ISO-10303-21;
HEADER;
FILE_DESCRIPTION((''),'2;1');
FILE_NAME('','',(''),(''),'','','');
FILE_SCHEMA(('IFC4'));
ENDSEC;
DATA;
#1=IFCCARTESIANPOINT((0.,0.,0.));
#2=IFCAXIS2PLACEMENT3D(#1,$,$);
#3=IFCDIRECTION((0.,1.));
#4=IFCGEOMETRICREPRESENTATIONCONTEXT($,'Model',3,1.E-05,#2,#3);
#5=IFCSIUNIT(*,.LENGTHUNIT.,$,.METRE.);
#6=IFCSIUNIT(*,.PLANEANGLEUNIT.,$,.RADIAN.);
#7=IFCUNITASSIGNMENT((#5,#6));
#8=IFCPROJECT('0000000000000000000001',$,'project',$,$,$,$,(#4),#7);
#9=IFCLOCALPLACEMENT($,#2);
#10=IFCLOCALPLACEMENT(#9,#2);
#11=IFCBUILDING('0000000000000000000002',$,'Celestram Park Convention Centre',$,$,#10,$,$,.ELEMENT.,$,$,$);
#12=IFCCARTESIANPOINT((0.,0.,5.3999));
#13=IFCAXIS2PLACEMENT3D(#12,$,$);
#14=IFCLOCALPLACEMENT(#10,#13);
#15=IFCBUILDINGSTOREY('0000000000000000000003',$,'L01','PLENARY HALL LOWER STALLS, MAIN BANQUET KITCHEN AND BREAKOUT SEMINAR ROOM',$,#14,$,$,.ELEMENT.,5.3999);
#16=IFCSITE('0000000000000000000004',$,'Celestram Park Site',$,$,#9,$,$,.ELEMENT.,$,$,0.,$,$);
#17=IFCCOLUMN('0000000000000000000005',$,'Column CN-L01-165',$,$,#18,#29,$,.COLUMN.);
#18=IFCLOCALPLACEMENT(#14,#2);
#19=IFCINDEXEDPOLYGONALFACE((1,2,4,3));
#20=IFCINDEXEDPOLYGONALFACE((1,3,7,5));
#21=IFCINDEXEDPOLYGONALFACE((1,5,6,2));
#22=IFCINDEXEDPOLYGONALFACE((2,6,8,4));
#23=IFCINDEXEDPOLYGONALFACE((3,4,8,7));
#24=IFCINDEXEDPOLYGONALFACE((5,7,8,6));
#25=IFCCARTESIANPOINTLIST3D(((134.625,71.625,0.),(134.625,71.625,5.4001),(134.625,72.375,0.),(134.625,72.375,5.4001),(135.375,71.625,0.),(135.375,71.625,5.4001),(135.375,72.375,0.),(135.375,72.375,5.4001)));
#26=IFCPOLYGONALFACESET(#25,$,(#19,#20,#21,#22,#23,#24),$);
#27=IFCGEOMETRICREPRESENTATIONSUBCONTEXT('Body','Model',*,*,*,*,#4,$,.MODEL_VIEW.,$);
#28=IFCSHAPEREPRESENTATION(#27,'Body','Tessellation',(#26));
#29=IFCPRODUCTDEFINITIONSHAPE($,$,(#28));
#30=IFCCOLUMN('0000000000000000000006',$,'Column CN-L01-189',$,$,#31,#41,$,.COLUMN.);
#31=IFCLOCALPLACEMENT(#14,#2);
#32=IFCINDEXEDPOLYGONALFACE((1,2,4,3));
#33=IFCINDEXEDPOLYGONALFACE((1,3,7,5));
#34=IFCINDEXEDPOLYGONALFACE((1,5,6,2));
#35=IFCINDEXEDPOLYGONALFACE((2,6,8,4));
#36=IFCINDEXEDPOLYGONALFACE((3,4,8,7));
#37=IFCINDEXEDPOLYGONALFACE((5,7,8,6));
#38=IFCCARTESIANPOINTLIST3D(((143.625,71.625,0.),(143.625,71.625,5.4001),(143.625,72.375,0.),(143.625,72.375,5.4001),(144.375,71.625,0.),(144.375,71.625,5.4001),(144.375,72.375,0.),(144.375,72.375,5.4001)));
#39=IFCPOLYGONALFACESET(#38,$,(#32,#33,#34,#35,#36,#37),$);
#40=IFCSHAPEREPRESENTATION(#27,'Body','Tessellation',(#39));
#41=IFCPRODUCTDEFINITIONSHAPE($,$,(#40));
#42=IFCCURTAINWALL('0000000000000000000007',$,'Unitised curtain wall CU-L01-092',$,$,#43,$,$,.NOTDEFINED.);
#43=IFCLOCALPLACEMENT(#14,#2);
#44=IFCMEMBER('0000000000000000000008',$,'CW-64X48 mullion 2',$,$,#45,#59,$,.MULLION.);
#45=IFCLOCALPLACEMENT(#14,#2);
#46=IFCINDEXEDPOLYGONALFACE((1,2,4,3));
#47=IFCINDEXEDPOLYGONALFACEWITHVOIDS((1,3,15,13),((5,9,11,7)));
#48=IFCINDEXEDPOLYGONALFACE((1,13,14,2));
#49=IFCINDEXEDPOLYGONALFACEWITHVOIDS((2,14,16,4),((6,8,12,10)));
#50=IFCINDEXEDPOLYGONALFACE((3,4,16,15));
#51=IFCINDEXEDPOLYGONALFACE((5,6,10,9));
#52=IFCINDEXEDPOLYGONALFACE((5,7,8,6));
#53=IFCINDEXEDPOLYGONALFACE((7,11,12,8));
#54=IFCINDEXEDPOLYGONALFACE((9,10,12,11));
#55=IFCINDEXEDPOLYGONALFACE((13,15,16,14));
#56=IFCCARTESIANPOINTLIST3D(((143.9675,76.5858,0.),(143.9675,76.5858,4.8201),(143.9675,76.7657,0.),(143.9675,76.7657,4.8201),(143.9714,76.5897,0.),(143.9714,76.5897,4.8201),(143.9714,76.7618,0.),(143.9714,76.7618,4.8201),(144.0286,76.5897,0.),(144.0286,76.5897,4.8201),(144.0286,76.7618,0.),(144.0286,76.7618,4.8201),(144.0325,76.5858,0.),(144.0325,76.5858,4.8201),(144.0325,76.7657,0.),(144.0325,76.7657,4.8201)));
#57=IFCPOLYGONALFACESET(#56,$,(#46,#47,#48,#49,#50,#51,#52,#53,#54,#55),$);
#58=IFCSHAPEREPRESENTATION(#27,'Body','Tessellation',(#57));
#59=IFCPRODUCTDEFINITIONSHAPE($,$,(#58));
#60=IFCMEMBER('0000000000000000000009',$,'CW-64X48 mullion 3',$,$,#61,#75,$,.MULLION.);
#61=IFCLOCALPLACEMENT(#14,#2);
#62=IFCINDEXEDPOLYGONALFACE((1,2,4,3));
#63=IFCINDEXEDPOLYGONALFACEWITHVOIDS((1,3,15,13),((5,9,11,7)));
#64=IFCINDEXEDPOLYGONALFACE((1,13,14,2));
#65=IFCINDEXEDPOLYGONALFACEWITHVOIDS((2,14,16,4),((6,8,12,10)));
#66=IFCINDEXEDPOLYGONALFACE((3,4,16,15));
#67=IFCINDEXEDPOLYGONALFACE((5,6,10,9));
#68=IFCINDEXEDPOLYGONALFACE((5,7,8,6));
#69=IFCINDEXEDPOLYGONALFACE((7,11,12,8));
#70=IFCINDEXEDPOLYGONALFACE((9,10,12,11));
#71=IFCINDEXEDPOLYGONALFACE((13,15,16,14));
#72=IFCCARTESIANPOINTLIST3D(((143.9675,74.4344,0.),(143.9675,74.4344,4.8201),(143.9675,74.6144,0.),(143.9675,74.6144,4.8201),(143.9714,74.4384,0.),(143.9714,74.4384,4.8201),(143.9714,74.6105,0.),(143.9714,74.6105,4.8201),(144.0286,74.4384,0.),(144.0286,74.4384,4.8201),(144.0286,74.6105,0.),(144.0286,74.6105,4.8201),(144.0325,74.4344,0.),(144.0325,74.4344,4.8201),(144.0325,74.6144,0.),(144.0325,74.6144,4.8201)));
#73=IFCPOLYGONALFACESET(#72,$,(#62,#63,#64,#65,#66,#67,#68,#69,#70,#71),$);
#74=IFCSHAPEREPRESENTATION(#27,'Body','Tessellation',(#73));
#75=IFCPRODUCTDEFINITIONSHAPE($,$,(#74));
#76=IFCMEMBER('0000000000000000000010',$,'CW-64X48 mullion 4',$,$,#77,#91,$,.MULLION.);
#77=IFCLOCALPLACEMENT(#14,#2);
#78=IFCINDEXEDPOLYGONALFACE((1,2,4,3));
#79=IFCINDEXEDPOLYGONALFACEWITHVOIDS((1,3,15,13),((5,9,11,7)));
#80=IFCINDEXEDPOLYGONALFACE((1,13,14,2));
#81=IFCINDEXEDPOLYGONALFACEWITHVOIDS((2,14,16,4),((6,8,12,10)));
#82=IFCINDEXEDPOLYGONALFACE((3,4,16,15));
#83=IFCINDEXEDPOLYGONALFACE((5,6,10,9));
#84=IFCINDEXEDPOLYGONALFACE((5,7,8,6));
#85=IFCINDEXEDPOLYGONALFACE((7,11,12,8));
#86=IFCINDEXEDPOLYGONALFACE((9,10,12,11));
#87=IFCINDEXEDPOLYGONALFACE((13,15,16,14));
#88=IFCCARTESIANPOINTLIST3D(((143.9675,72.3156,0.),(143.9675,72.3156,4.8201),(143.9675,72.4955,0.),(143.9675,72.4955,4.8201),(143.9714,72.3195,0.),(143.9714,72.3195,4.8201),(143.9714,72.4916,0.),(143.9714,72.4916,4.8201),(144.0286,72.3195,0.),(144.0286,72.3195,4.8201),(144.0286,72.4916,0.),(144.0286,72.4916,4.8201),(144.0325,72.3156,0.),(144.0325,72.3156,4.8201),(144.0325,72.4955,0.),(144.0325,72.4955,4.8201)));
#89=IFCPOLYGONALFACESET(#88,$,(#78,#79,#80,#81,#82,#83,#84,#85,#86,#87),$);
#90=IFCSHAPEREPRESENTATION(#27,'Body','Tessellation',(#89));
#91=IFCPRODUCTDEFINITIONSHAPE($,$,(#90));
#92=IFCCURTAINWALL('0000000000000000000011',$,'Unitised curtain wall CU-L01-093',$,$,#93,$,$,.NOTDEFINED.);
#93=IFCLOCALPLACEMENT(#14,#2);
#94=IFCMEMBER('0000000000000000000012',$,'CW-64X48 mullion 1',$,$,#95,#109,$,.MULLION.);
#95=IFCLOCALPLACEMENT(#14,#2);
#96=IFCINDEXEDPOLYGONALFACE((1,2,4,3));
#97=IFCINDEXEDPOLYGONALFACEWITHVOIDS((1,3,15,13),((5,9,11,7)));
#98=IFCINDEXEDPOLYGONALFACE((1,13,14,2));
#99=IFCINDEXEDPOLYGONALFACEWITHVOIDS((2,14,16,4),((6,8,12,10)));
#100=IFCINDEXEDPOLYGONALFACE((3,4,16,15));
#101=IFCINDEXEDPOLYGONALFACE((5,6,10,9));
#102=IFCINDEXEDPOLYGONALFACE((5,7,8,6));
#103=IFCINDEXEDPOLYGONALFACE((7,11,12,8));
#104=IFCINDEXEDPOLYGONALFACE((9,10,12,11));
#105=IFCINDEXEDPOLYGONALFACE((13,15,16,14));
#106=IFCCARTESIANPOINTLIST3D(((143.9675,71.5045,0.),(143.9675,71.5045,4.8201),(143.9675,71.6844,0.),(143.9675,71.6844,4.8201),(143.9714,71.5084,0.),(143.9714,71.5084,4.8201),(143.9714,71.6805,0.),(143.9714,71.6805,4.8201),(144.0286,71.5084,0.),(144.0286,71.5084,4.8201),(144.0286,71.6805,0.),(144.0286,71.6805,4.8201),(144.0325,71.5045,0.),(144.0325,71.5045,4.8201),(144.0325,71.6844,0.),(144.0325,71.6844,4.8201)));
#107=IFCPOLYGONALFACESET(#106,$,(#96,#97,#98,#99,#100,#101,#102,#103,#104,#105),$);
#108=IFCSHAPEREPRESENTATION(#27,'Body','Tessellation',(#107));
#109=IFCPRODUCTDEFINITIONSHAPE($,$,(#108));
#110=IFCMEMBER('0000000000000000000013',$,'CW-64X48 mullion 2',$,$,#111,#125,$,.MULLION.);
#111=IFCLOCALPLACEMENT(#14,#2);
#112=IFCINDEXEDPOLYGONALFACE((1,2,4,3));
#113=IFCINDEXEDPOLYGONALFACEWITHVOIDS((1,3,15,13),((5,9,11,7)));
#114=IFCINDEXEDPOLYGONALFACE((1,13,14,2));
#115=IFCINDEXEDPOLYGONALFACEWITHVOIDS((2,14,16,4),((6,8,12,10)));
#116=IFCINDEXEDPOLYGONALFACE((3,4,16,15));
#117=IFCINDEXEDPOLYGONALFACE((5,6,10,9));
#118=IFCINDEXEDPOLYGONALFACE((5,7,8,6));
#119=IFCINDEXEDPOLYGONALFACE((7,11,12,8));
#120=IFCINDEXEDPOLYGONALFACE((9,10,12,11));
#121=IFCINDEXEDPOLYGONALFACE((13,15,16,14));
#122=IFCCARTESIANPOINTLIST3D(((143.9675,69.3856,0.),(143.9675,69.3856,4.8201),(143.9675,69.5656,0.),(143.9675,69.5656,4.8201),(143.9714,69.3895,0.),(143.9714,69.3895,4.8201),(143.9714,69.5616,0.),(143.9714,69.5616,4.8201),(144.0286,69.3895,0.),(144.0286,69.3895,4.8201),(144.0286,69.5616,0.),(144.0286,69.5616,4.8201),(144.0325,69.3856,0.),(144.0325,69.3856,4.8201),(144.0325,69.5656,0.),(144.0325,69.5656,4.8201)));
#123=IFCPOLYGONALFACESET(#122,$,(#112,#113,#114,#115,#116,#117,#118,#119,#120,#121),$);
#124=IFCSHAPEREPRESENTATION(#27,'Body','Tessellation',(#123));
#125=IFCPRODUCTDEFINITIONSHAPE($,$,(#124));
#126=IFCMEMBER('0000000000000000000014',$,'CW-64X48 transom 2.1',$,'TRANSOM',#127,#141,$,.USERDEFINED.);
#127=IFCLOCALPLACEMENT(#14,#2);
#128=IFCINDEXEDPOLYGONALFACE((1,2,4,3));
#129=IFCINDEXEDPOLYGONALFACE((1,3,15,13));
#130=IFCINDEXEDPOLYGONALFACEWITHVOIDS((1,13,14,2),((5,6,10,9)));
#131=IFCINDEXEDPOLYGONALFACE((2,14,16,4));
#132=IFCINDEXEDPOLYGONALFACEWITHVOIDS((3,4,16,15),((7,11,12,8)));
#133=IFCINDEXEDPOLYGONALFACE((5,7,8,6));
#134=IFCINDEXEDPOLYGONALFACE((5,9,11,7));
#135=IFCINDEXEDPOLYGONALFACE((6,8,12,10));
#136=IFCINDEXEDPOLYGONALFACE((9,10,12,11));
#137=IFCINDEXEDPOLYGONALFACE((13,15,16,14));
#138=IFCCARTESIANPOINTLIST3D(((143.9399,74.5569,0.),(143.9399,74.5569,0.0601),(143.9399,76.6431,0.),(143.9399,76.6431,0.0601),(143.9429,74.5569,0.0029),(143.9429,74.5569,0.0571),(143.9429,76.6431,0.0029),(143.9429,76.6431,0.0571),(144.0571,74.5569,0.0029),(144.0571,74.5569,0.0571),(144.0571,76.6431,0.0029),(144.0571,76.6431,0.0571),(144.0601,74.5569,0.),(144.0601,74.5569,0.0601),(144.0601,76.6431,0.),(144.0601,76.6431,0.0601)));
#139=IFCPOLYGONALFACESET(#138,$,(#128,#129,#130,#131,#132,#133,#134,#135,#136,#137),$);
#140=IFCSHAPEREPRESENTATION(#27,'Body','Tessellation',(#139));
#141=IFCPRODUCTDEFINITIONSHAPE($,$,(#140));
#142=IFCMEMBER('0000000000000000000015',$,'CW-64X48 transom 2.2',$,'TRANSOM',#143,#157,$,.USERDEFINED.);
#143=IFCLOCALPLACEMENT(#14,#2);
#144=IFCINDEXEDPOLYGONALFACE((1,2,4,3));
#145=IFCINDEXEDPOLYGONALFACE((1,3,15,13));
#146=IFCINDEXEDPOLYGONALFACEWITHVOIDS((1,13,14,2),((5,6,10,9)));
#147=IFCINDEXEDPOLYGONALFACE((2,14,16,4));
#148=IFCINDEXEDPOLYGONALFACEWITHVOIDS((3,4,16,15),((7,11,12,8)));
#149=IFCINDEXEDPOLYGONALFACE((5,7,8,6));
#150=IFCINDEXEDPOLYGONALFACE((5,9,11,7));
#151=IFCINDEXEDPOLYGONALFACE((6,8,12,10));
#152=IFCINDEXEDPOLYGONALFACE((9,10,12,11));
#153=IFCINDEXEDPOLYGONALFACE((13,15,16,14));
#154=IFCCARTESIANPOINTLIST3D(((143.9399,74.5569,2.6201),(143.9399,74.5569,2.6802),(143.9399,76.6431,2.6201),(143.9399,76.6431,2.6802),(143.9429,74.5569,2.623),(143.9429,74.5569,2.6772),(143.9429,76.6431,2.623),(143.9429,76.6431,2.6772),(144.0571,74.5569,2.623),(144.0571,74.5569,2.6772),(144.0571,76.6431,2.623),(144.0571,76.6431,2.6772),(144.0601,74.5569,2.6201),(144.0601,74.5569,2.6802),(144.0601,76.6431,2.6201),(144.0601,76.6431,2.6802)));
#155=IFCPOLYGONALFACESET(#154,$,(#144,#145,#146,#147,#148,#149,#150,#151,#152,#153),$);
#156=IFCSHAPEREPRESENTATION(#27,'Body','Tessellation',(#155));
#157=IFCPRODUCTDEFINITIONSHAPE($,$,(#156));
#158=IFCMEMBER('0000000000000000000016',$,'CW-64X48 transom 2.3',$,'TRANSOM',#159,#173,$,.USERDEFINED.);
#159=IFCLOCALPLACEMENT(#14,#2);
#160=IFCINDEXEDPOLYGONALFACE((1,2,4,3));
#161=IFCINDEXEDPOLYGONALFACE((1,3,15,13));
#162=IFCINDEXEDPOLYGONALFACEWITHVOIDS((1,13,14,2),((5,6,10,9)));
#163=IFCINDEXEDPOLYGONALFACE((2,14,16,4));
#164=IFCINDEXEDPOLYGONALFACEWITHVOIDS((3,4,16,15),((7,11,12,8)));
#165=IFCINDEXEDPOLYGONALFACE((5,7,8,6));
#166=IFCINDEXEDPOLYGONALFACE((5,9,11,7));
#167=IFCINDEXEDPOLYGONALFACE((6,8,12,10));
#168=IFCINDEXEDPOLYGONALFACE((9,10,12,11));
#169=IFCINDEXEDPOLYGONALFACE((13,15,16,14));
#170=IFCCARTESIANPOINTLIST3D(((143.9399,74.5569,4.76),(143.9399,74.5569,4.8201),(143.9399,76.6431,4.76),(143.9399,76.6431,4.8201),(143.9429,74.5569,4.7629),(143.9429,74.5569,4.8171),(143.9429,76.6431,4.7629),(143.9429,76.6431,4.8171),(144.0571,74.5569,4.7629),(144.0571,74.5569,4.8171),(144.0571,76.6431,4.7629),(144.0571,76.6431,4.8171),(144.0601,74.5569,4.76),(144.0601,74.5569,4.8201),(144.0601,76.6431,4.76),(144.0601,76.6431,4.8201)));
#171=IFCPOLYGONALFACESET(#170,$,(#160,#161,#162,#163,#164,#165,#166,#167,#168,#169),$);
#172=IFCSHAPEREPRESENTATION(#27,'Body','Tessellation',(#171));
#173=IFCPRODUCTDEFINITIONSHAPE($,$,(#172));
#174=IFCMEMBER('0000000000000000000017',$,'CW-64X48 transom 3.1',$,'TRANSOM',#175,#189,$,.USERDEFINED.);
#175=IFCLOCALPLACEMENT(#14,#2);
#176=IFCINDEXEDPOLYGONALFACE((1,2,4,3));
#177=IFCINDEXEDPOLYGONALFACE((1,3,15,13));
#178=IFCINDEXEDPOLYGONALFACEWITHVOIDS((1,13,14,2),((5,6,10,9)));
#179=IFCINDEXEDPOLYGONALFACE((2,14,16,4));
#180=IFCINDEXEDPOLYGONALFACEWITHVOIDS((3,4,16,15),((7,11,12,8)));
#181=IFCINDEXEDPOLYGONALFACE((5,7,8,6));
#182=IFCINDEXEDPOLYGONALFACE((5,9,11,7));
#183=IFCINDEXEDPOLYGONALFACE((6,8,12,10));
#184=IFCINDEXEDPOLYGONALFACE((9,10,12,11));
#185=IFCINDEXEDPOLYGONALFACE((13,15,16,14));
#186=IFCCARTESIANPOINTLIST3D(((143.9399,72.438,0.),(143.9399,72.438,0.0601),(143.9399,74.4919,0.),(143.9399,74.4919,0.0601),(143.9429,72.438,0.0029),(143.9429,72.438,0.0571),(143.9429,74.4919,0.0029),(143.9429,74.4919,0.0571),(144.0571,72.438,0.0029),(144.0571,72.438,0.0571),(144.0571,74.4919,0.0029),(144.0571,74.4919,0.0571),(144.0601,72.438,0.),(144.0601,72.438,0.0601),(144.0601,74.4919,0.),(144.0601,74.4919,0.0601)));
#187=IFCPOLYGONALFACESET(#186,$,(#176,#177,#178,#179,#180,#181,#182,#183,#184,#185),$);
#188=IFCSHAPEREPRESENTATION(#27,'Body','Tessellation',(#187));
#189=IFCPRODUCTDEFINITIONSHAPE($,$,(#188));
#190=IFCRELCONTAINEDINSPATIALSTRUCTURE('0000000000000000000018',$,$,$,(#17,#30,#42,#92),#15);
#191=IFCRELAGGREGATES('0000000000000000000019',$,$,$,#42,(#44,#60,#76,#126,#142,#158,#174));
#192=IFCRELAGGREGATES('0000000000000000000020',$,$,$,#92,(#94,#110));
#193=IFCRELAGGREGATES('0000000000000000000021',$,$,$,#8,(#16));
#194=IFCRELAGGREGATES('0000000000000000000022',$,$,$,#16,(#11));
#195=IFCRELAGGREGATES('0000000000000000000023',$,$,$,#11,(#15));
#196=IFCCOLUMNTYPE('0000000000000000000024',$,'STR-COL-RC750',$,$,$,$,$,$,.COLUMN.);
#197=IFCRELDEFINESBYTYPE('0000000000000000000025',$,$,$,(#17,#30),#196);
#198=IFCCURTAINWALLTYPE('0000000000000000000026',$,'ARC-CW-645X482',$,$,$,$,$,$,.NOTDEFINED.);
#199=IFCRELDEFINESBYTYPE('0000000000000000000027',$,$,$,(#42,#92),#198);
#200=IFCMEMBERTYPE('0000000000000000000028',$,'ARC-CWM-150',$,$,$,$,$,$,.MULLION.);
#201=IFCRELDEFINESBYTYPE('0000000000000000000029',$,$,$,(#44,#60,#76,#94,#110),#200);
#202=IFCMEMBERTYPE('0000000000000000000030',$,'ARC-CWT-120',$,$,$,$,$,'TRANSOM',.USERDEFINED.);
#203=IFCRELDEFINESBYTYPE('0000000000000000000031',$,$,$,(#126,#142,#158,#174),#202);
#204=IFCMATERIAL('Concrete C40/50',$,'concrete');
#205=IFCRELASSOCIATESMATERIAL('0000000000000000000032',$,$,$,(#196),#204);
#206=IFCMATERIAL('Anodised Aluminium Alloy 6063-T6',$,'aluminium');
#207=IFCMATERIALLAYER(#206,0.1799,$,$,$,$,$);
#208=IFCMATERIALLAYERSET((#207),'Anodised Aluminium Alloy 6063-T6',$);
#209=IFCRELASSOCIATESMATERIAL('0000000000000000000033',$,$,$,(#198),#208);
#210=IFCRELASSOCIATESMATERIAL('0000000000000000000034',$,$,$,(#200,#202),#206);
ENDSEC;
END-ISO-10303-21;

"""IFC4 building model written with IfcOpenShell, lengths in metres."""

from ifc_helpers import new_model, si_unit, direction, frame, origin, origin_2d, place, context, subcontext, project, spatial, rectangle, hollow_rectangle, extrude, material, layer, layer_set, material_profile, profile_set, type_object, element, aggregate, save


model = new_model("IFC4")

# Units and contexts
model_context = context("Model", 3, precision=1e-05, world=origin(), true_north=direction((0.0, 1.0)))
body_context = subcontext(model_context, "Body", "Model", "MODEL_VIEW")
ifc_project = project(units=[si_unit("LENGTHUNIT", "METRE"), si_unit("PLANEANGLEUNIT", "RADIAN")], contexts=[model_context])

# Site, building, storey
site_placement = place(None, origin())
site = spatial("IfcSite", under=ifc_project, at=site_placement, Name="Celestram Park Site", CompositionType="ELEMENT", RefElevation=0.0)
building_placement = place(site_placement, origin())
building = spatial("IfcBuilding", under=site, at=building_placement, Name="Celestram Park Convention Centre", CompositionType="ELEMENT")
storey_placement = place(building_placement, frame((0.0, 0.0, 5.3999)))
storey = spatial("IfcBuildingStorey", under=building, at=storey_placement, Name="L01", Description="PLENARY HALL LOWER STALLS, MAIN BANQUET KITCHEN AND BREAKOUT SEMINAR ROOM", CompositionType="ELEMENT", Elevation=5.3999)

# Columns
ifc_material_1 = material(Name="Concrete C40/50", Category="concrete")
ifc_material_profile_1 = material_profile(ifc_material_1, rectangle(XDim=0.75, YDim=0.75, at=origin_2d()), Name="RC750X750")
ifc_profile_set_1 = profile_set([ifc_material_profile_1], Name="Concrete C40/50")
column_type = type_object("IfcColumnType", Name="STR-COL-RC750", PredefinedType="COLUMN", material=ifc_profile_set_1)
for number, where, z_axis, x_axis, name in (
    (1, (135.0, 72.0, 0.0), (0.0, 0.0, 1.0), (1.0, 0.0, 0.0), "Column CN-L01-165"),
    (2, (144.0, 72.0, 0.0), (0.0, 0.0, 1.0), (1.0, 0.0, 0.0), "Column CN-L01-189"),
):
    element("IfcColumn", number, at=place(storey_placement, frame(where, z_axis=z_axis, x_axis=x_axis)), inside=storey, type_object=column_type, Name=name, PredefinedType="COLUMN", context=body_context, shape_type="SweptSolid", body=[
        extrude(rectangle(XDim=0.75, YDim=0.75, at=origin_2d()), origin(), (0.0, 0.0, 1.0), 5.4001),
    ])

# Curtain walls, members
ifc_material_2 = material(Name="Anodised Aluminium Alloy 6063-T6", Category="aluminium")
ifc_layer_1 = layer(ifc_material_2, 0.1799)
ifc_layer_set_1 = layer_set([ifc_layer_1], Name="Anodised Aluminium Alloy 6063-T6")
curtain_wall_type = type_object("IfcCurtainWallType", Name="ARC-CW-645X482", PredefinedType="NOTDEFINED", material=ifc_layer_set_1)
curtain_wall_1_placement = place(storey_placement, origin())
curtain_wall_1 = element("IfcCurtainWall", 3, at=curtain_wall_1_placement, inside=storey, type_object=curtain_wall_type, Name="Unitised curtain wall CU-L01-092", PredefinedType="NOTDEFINED")
ifc_material_profile_2 = material_profile(ifc_material_2, hollow_rectangle(XDim=0.0649, YDim=0.1799, WallThickness=0.0039, at=origin_2d()), Name="ALU65X180X4")
ifc_profile_set_2 = profile_set([ifc_material_profile_2], Name="Anodised Aluminium Alloy 6063-T6")
member_type_1 = type_object("IfcMemberType", Name="ARC-CWM-150", PredefinedType="MULLION", material=ifc_profile_set_2)
member_1_placement = place(storey_placement, frame((144.0, 76.6758, 0.0), z_axis=(0.0, 0.0, 1.0), x_axis=(1.0, 0.0, 0.0)))
member_1 = element("IfcMember", 4, at=member_1_placement, type_object=member_type_1, Name="CW-64X48 mullion 2", PredefinedType="MULLION", context=body_context, shape_type="SweptSolid", body=[
    extrude(hollow_rectangle(XDim=0.0649, YDim=0.1799, WallThickness=0.0039, at=origin_2d()), origin(), (0.0, 0.0, 1.0), 4.8201),
])
member_2_placement = place(storey_placement, frame((144.0, 74.5244, 0.0), z_axis=(0.0, 0.0, 1.0), x_axis=(1.0, 0.0, 0.0)))
member_2 = element("IfcMember", 5, at=member_2_placement, type_object=member_type_1, Name="CW-64X48 mullion 3", PredefinedType="MULLION", context=body_context, shape_type="SweptSolid", body=[
    extrude(hollow_rectangle(XDim=0.0649, YDim=0.1799, WallThickness=0.0039, at=origin_2d()), origin(), (0.0, 0.0, 1.0), 4.8201),
])
member_3_placement = place(storey_placement, frame((144.0, 72.4055, 0.0), z_axis=(0.0, 0.0, 1.0), x_axis=(1.0, 0.0, 0.0)))
member_3 = element("IfcMember", 6, at=member_3_placement, type_object=member_type_1, Name="CW-64X48 mullion 4", PredefinedType="MULLION", context=body_context, shape_type="SweptSolid", body=[
    extrude(hollow_rectangle(XDim=0.0649, YDim=0.1799, WallThickness=0.0039, at=origin_2d()), origin(), (0.0, 0.0, 1.0), 4.8201),
])
curtain_wall_2_placement = place(storey_placement, origin())
curtain_wall_2 = element("IfcCurtainWall", 7, at=curtain_wall_2_placement, inside=storey, type_object=curtain_wall_type, Name="Unitised curtain wall CU-L01-093", PredefinedType="NOTDEFINED")
member_4_placement = place(storey_placement, frame((144.0, 71.5945, 0.0), z_axis=(0.0, 0.0, 1.0), x_axis=(1.0, 0.0, 0.0)))
member_4 = element("IfcMember", 8, at=member_4_placement, type_object=member_type_1, Name="CW-64X48 mullion 1", PredefinedType="MULLION", context=body_context, shape_type="SweptSolid", body=[
    extrude(hollow_rectangle(XDim=0.0649, YDim=0.1799, WallThickness=0.0039, at=origin_2d()), origin(), (0.0, 0.0, 1.0), 4.8201),
])
member_5_placement = place(storey_placement, frame((144.0, 69.4756, 0.0), z_axis=(0.0, 0.0, 1.0), x_axis=(1.0, 0.0, 0.0)))
member_5 = element("IfcMember", 9, at=member_5_placement, type_object=member_type_1, Name="CW-64X48 mullion 2", PredefinedType="MULLION", context=body_context, shape_type="SweptSolid", body=[
    extrude(hollow_rectangle(XDim=0.0649, YDim=0.1799, WallThickness=0.0039, at=origin_2d()), origin(), (0.0, 0.0, 1.0), 4.8201),
])

# Members
ifc_material_profile_3 = material_profile(ifc_material_2, hollow_rectangle(XDim=0.1201, YDim=0.0601, WallThickness=0.0029, at=origin_2d()), Name="ALU120X60X3")
ifc_profile_set_3 = profile_set([ifc_material_profile_3], Name="Anodised Aluminium Alloy 6063-T6")
member_type_2 = type_object("IfcMemberType", Name="ARC-CWT-120", ElementType="TRANSOM", PredefinedType="USERDEFINED", material=ifc_profile_set_3)
member_6_placement = place(storey_placement, frame((144.0, 76.6431, 0.03), z_axis=(0.0, -1.0, 0.0), x_axis=(1.0, 0.0, 0.0)))
member_6 = element("IfcMember", 10, at=member_6_placement, type_object=member_type_2, Name="CW-64X48 transom 2.1", ObjectType="TRANSOM", PredefinedType="USERDEFINED", context=body_context, shape_type="SweptSolid", body=[
    extrude(hollow_rectangle(XDim=0.1201, YDim=0.0601, WallThickness=0.0029, at=origin_2d()), origin(), (0.0, 0.0, 1.0), 2.0862),
])
member_7_placement = place(storey_placement, frame((144.0, 76.6431, 2.6501), z_axis=(0.0, -1.0, 0.0), x_axis=(1.0, 0.0, 0.0)))
member_7 = element("IfcMember", 11, at=member_7_placement, type_object=member_type_2, Name="CW-64X48 transom 2.2", ObjectType="TRANSOM", PredefinedType="USERDEFINED", context=body_context, shape_type="SweptSolid", body=[
    extrude(hollow_rectangle(XDim=0.1201, YDim=0.0601, WallThickness=0.0029, at=origin_2d()), origin(), (0.0, 0.0, 1.0), 2.0862),
])
member_8_placement = place(storey_placement, frame((144.0, 76.6431, 4.79), z_axis=(0.0, -1.0, 0.0), x_axis=(1.0, 0.0, 0.0)))
member_8 = element("IfcMember", 12, at=member_8_placement, type_object=member_type_2, Name="CW-64X48 transom 2.3", ObjectType="TRANSOM", PredefinedType="USERDEFINED", context=body_context, shape_type="SweptSolid", body=[
    extrude(hollow_rectangle(XDim=0.1201, YDim=0.0601, WallThickness=0.0029, at=origin_2d()), origin(), (0.0, 0.0, 1.0), 2.0862),
])
member_9_placement = place(storey_placement, frame((144.0, 74.4919, 0.03), z_axis=(0.0, -1.0, 0.0), x_axis=(1.0, 0.0, 0.0)))
member_9 = element("IfcMember", 13, at=member_9_placement, type_object=member_type_2, Name="CW-64X48 transom 3.1", ObjectType="TRANSOM", PredefinedType="USERDEFINED", context=body_context, shape_type="SweptSolid", body=[
    extrude(hollow_rectangle(XDim=0.1201, YDim=0.0601, WallThickness=0.0029, at=origin_2d()), origin(), (0.0, 0.0, 1.0), 2.054),
])

aggregate(curtain_wall_1, [member_1, member_2, member_3, member_6, member_7, member_8, member_9])
aggregate(curtain_wall_2, [member_4, member_5])

save(model, "model.ifc")
